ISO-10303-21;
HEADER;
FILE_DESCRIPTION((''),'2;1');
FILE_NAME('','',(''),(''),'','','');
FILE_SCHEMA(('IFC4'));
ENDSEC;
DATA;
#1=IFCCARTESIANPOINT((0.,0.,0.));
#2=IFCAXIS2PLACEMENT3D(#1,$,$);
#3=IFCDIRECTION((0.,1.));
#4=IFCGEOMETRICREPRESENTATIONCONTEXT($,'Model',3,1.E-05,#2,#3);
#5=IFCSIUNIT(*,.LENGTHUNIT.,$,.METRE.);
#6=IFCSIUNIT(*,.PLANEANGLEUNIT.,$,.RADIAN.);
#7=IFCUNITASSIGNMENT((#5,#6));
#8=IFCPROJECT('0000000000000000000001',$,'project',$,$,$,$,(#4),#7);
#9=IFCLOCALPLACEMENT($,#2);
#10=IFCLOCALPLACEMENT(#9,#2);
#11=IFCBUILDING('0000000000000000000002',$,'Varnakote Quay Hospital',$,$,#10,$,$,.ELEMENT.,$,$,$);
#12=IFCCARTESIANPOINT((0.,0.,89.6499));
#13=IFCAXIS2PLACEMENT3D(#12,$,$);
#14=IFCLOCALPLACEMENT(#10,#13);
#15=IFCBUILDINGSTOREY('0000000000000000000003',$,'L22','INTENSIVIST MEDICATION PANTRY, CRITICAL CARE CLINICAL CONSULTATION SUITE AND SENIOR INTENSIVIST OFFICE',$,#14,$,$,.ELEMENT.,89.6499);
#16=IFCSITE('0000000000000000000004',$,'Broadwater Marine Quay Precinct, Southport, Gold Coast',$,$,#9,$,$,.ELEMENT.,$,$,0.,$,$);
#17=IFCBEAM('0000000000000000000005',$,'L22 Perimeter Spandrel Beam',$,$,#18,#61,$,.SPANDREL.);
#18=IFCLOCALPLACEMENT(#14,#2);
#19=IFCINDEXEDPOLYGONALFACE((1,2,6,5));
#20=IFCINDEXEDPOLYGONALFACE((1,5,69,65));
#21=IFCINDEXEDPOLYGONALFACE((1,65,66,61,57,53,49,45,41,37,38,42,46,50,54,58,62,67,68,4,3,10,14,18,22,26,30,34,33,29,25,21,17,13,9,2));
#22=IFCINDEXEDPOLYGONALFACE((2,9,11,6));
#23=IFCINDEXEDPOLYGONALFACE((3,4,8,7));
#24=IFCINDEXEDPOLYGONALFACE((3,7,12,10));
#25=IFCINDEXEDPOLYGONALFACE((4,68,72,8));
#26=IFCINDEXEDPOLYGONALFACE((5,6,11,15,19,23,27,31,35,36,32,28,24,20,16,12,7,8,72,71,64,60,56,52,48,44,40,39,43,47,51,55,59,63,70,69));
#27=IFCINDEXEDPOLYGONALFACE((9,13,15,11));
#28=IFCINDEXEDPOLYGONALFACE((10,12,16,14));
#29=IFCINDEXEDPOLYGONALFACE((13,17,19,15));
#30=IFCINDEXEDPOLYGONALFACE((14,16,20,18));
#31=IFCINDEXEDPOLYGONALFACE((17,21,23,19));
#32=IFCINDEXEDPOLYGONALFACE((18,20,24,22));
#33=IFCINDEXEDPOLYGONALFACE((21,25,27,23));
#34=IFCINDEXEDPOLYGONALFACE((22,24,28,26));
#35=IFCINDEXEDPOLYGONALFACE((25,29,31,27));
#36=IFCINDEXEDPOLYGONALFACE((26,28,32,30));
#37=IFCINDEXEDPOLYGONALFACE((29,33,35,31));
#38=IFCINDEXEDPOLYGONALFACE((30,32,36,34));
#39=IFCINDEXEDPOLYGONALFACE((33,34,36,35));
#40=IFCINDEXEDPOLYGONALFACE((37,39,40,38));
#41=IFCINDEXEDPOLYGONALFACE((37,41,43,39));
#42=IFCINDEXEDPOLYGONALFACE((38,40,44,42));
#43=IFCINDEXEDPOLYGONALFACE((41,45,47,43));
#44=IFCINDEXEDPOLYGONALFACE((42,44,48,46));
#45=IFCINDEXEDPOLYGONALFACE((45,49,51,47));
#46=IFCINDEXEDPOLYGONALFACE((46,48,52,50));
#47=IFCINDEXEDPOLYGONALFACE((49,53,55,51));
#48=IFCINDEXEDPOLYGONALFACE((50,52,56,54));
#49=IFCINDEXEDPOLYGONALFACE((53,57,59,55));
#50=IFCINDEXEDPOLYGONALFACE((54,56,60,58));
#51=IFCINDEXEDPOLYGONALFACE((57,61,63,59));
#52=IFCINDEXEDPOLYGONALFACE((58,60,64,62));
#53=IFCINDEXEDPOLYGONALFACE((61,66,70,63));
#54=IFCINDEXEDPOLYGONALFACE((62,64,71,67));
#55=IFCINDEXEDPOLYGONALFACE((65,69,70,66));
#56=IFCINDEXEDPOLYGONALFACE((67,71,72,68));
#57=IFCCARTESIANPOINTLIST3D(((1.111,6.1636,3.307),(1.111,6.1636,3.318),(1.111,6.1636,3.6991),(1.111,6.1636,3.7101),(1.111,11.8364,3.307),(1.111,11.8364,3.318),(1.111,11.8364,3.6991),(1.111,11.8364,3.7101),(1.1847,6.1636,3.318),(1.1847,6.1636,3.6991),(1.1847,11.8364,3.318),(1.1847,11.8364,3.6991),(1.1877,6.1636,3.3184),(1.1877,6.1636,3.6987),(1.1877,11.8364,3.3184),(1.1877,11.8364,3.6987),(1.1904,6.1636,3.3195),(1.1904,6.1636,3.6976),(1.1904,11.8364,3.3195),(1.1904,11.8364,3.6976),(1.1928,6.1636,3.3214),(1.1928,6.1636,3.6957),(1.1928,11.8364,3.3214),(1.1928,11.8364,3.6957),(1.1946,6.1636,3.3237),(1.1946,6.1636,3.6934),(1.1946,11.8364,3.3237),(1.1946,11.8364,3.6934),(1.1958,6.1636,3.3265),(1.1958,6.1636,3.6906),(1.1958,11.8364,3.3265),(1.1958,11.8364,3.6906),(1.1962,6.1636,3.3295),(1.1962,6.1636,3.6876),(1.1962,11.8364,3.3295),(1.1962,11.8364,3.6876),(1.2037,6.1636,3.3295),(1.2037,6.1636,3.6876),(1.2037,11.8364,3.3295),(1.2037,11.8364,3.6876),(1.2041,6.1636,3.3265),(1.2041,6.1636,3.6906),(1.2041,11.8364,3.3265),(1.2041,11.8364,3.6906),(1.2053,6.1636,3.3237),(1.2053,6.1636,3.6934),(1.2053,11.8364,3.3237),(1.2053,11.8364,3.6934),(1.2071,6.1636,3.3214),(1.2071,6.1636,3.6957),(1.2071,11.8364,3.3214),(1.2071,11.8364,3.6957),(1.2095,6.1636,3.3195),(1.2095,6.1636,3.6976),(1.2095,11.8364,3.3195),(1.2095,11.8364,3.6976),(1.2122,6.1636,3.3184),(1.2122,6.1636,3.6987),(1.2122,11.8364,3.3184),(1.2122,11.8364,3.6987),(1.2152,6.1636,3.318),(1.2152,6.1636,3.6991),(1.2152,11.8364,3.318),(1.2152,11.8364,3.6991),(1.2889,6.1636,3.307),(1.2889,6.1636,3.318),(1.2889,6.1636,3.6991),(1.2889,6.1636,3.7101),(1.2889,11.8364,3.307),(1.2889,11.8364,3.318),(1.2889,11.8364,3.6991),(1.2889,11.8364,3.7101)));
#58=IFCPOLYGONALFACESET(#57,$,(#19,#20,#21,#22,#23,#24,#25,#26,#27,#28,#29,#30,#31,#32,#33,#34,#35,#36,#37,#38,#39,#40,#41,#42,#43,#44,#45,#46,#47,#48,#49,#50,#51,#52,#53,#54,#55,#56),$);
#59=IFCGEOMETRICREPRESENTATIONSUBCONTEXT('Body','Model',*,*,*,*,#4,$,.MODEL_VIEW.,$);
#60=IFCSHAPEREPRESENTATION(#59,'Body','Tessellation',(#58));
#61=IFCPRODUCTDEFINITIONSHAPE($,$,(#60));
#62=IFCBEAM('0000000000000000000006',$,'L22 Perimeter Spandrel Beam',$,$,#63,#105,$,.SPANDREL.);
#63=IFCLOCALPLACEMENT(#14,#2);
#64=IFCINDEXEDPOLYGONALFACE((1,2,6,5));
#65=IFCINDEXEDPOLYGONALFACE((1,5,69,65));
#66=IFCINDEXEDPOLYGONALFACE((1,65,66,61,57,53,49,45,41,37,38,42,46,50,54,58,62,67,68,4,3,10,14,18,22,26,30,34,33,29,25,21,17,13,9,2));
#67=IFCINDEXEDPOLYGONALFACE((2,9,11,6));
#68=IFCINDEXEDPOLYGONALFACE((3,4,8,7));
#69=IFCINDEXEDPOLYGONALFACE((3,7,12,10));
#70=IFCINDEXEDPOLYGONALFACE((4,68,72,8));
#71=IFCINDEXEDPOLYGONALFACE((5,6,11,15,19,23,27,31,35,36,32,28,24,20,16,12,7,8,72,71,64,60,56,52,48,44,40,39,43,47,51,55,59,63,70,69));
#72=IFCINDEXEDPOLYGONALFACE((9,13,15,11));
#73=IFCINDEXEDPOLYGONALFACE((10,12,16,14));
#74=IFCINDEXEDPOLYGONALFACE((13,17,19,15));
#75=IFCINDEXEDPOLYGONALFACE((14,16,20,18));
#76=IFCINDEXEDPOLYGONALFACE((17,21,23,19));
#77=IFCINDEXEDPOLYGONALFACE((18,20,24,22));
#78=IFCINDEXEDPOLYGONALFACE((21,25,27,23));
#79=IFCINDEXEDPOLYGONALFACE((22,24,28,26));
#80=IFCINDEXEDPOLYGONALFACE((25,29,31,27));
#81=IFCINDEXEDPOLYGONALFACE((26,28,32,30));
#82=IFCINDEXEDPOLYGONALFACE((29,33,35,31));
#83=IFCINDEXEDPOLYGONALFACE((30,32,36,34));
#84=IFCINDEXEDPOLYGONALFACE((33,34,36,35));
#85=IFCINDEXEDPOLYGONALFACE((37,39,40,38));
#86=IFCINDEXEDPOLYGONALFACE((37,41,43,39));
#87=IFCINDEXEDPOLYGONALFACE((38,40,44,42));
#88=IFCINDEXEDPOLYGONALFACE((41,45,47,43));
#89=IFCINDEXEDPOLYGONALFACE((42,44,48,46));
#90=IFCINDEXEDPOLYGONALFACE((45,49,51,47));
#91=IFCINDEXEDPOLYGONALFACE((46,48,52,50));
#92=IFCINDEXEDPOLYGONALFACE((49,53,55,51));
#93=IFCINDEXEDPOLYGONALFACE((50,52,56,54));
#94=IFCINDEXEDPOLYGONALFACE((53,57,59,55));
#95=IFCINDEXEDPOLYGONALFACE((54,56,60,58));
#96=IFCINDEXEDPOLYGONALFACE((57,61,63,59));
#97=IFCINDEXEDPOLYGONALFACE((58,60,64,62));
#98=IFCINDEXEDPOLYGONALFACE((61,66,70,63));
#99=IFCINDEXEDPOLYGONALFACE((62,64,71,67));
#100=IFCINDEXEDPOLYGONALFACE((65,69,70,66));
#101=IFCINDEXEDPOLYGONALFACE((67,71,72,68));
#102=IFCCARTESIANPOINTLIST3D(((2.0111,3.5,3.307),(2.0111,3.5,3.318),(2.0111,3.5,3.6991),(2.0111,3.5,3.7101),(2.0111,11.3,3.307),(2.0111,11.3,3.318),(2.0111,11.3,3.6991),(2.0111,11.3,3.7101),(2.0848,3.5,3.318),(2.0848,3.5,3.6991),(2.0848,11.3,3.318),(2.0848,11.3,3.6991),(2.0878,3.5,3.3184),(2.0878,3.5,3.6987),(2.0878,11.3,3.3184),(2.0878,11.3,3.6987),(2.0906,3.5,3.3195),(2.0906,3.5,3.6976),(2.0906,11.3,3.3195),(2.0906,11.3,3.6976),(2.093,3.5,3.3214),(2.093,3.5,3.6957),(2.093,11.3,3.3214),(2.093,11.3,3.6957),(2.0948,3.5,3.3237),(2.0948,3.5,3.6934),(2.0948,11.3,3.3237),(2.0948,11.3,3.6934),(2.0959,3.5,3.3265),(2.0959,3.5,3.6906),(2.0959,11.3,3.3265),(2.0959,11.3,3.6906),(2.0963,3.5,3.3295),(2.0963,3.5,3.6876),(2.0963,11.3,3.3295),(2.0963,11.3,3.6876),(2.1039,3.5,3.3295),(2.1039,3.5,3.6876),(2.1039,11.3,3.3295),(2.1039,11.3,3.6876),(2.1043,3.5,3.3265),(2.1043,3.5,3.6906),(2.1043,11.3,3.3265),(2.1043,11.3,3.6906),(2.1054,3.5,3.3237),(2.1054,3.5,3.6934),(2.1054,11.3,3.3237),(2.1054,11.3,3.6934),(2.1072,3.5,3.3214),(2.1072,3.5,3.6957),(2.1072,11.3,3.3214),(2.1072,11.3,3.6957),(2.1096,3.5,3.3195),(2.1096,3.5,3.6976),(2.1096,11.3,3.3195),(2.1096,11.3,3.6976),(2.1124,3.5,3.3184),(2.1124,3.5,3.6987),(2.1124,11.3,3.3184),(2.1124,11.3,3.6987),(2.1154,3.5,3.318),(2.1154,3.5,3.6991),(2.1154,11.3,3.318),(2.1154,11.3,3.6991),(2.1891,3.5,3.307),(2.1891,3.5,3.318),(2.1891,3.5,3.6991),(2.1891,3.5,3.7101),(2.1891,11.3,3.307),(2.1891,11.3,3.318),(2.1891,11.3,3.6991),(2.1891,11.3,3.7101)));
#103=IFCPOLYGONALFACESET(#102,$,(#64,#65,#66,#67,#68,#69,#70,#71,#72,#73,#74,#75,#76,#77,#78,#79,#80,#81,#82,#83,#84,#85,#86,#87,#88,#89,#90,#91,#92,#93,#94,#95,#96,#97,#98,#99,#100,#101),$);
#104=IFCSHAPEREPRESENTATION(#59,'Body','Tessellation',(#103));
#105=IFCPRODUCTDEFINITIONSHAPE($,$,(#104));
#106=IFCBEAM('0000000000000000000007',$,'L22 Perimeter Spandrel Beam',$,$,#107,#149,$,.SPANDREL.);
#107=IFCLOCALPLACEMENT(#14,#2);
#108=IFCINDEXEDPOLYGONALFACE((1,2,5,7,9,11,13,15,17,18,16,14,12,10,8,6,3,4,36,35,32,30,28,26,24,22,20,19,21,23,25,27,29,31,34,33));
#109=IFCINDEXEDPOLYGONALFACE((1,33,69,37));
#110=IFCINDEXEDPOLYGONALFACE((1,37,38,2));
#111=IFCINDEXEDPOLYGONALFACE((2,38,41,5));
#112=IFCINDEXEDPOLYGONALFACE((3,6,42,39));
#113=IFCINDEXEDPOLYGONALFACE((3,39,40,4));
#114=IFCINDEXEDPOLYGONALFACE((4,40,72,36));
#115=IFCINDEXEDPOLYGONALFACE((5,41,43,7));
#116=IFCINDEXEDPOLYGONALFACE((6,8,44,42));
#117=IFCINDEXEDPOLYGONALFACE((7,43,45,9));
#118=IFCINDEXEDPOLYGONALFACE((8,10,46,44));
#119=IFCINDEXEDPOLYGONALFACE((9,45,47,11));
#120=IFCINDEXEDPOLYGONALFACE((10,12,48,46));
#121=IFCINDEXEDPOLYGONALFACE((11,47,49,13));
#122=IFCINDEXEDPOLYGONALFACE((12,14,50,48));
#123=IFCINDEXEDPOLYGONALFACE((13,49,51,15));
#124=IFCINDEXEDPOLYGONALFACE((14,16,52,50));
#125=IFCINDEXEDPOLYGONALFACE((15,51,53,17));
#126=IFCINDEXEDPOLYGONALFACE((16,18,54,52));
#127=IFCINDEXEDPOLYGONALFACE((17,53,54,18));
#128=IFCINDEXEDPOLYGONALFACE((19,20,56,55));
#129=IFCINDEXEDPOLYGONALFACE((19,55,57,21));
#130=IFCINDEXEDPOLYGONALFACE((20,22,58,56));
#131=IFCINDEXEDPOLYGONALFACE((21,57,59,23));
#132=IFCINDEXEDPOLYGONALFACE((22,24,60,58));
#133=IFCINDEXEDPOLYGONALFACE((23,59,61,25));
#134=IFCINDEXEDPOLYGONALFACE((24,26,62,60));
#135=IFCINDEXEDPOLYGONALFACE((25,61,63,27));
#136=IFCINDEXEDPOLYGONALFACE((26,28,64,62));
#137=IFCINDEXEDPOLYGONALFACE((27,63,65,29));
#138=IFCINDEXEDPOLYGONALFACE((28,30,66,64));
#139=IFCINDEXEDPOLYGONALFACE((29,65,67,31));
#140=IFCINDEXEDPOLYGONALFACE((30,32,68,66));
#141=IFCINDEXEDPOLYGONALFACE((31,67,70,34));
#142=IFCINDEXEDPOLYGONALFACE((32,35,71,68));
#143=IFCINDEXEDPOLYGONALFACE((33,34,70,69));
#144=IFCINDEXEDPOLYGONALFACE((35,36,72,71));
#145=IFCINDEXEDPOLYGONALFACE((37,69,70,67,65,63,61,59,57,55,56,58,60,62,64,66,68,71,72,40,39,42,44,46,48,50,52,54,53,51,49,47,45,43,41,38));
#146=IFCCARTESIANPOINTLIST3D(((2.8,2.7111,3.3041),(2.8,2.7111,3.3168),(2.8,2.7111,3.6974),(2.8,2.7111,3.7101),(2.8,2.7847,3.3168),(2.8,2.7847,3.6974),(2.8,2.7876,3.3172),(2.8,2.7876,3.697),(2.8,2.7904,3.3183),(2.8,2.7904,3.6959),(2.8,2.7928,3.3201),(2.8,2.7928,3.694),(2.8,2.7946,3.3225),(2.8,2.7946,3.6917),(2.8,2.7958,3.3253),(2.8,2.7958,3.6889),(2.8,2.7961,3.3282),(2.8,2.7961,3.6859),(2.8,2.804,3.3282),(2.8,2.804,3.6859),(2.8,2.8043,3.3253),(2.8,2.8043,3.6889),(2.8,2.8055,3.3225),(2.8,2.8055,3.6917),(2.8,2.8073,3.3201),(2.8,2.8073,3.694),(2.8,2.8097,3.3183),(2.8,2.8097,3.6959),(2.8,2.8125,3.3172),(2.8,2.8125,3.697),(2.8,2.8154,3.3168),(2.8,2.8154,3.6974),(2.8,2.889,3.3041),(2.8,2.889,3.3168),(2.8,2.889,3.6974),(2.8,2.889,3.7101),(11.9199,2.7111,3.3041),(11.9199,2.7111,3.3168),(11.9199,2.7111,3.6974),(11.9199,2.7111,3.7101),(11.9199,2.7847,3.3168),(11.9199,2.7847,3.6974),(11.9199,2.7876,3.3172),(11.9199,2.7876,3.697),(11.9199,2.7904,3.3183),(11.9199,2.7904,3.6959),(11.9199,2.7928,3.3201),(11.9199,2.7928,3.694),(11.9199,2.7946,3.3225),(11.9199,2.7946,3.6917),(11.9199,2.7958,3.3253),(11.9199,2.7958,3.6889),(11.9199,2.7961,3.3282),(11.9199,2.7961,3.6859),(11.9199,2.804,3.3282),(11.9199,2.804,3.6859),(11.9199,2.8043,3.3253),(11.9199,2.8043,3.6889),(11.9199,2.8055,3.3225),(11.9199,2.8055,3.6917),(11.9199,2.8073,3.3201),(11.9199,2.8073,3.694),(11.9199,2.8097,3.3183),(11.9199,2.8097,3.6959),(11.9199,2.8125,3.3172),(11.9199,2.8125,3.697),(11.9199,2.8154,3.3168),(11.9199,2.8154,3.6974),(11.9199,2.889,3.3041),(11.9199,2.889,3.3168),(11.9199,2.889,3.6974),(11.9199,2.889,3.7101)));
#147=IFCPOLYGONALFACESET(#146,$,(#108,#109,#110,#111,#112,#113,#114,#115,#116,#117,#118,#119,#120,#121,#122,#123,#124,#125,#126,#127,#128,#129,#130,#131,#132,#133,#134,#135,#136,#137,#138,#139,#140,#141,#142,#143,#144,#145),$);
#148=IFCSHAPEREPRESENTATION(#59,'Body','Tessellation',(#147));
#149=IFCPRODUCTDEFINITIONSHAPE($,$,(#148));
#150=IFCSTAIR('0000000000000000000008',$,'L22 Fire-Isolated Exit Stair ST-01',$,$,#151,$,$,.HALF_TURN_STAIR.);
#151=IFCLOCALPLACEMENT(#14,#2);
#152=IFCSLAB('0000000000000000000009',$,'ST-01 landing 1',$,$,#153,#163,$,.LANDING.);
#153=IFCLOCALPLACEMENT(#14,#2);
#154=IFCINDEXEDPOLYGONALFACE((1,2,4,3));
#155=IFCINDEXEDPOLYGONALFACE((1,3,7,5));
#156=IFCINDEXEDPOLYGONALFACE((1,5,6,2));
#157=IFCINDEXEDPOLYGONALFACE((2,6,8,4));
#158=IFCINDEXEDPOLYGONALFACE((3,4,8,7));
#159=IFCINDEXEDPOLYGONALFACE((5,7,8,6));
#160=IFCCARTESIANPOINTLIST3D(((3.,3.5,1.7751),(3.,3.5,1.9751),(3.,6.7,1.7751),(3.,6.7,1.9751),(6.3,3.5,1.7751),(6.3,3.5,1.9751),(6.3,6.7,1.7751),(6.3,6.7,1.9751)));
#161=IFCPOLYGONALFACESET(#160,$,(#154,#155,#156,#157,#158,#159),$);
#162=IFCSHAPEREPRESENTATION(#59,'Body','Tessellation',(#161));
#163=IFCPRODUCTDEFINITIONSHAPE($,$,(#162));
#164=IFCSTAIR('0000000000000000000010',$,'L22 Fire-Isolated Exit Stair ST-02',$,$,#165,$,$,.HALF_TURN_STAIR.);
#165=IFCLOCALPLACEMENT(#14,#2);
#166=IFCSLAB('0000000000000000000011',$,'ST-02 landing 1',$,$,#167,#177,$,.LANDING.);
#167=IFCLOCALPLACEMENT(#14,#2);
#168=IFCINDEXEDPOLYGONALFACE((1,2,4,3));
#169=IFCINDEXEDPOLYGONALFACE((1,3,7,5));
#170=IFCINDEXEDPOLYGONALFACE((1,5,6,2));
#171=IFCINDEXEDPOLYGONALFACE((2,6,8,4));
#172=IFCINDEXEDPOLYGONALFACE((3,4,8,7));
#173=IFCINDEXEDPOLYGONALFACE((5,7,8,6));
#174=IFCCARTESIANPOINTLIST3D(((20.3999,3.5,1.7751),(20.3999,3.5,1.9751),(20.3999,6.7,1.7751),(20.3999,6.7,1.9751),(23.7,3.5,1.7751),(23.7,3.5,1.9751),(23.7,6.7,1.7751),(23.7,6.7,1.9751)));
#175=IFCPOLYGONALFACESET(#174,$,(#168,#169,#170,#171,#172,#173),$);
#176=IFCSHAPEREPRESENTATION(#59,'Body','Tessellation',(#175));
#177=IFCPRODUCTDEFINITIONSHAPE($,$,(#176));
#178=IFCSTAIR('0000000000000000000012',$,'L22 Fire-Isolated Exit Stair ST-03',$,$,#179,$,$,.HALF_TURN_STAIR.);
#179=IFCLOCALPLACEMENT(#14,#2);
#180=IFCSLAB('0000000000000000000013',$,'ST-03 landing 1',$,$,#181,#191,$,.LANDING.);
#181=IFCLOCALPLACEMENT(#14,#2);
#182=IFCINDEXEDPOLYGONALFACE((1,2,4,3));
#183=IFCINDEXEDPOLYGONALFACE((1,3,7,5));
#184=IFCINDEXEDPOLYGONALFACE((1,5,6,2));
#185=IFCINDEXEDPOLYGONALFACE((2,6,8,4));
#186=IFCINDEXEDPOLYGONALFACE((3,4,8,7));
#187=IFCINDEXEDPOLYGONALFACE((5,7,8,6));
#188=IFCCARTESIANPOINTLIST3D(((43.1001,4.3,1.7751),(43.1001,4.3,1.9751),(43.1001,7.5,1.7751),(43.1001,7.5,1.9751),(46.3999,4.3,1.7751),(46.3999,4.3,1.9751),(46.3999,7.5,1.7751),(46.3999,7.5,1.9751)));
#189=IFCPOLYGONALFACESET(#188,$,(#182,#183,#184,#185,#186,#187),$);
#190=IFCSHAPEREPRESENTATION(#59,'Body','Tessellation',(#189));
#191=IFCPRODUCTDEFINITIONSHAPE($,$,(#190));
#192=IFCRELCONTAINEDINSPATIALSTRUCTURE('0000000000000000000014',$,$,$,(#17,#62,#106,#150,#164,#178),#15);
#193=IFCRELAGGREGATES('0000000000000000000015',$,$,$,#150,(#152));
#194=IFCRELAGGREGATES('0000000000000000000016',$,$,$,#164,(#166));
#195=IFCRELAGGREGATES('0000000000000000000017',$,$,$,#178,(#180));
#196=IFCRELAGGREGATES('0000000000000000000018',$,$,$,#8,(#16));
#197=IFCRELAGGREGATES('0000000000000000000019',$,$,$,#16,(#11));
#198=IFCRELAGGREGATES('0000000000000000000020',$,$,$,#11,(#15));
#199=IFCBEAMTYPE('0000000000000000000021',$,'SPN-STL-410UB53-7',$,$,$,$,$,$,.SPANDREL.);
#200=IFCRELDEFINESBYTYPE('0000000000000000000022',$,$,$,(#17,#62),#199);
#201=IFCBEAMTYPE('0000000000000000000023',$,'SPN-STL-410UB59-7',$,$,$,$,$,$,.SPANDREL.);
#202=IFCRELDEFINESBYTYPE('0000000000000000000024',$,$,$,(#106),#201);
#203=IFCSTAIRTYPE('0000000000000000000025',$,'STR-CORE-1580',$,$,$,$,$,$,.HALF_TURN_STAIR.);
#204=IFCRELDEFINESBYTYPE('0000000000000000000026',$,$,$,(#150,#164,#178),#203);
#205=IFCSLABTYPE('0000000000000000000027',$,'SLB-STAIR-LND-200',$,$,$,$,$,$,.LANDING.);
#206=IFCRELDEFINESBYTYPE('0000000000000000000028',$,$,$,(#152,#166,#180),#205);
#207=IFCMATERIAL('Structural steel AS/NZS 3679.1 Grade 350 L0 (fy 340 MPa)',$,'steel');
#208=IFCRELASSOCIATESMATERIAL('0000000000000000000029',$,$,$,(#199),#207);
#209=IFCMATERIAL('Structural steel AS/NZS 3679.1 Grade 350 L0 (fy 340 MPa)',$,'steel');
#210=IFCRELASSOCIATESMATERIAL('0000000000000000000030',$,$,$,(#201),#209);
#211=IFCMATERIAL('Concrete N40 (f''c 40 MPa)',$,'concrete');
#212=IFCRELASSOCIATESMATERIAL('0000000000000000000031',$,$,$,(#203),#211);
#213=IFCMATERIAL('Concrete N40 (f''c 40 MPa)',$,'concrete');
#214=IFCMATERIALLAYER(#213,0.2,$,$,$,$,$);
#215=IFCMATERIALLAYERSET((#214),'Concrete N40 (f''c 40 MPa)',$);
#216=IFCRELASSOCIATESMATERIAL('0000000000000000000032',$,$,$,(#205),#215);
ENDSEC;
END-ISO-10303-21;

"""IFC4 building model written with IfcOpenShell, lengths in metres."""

from ifc_helpers import new_model, si_unit, direction, frame, origin, origin_2d, place, context, subcontext, project, spatial, polyline, i_section, outline, extrude, material, layer, layer_set, material_profile, profile_set, type_object, element, aggregate, save


model = new_model("IFC4")

# Units and contexts
model_context = context("Model", 3, precision=1e-05, world=origin(), true_north=direction((0.0, 1.0)))
body_context = subcontext(model_context, "Body", "Model", "MODEL_VIEW")
ifc_project = project(units=[si_unit("LENGTHUNIT", "METRE"), si_unit("PLANEANGLEUNIT", "RADIAN")], contexts=[model_context])

# Site, building, storey
site_placement = place(None, origin())
site = spatial("IfcSite", under=ifc_project, at=site_placement, Name="Broadwater Marine Quay Precinct, Southport, Gold Coast", CompositionType="ELEMENT", RefElevation=0.0)
building_placement = place(site_placement, origin())
building = spatial("IfcBuilding", under=site, at=building_placement, Name="Varnakote Quay Hospital", CompositionType="ELEMENT")
storey_placement = place(building_placement, frame((0.0, 0.0, 89.6499)))
storey = spatial("IfcBuildingStorey", under=building, at=storey_placement, Name="L22", Description="INTENSIVIST MEDICATION PANTRY, CRITICAL CARE CLINICAL CONSULTATION SUITE AND SENIOR INTENSIVIST OFFICE", CompositionType="ELEMENT", Elevation=89.6499)

# Beams
ifc_material_1 = material(Name="Structural steel AS/NZS 3679.1 Grade 350 L0 (fy 340 MPa)", Category="steel")
ifc_material_profile_1 = material_profile(ifc_material_1, i_section(OverallWidth=0.178, OverallDepth=0.4031, WebThickness=0.0076, FlangeThickness=0.011, FilletRadius=0.0115, at=origin_2d()), Name="410UB53.7")
ifc_profile_set_1 = profile_set([ifc_material_profile_1], Name="Structural steel AS/NZS 3679.1 Grade 350 L0 (fy 340 MPa)")
beam_type_1 = type_object("IfcBeamType", Name="SPN-STL-410UB53-7", PredefinedType="SPANDREL", material=ifc_profile_set_1)
beam_1_placement = place(storey_placement, frame((1.2, 6.1636, 3.5085), z_axis=(0.0, 1.0, 0.0), x_axis=(-1.0, 0.0, 0.0)))
element("IfcBeam", 1, at=beam_1_placement, inside=storey, type_object=beam_type_1, Name="L22 Perimeter Spandrel Beam", PredefinedType="SPANDREL", context=body_context, shape_type="SweptSolid", body=[
    extrude(i_section(OverallWidth=0.178, OverallDepth=0.4031, WebThickness=0.0076, FlangeThickness=0.011, FilletRadius=0.0115, at=origin_2d()), origin(), (0.0, 0.0, 1.0), 5.6729),
])
beam_2_placement = place(storey_placement, frame((2.1001, 3.5, 3.5085), z_axis=(0.0, 1.0, 0.0), x_axis=(-1.0, 0.0, 0.0)))
element("IfcBeam", 2, at=beam_2_placement, inside=storey, type_object=beam_type_1, Name="L22 Perimeter Spandrel Beam", PredefinedType="SPANDREL", context=body_context, shape_type="SweptSolid", body=[
    extrude(i_section(OverallWidth=0.178, OverallDepth=0.4031, WebThickness=0.0076, FlangeThickness=0.011, FilletRadius=0.0115, at=origin_2d()), origin(), (0.0, 0.0, 1.0), 7.8),
])
ifc_material_2 = material(Name="Structural steel AS/NZS 3679.1 Grade 350 L0 (fy 340 MPa)", Category="steel")
ifc_material_profile_2 = material_profile(ifc_material_2, i_section(OverallWidth=0.178, OverallDepth=0.406, WebThickness=0.0078, FlangeThickness=0.0127, FilletRadius=0.0115, at=origin_2d()), Name="410UB59.7")
ifc_profile_set_2 = profile_set([ifc_material_profile_2], Name="Structural steel AS/NZS 3679.1 Grade 350 L0 (fy 340 MPa)")
beam_type_2 = type_object("IfcBeamType", Name="SPN-STL-410UB59-7", PredefinedType="SPANDREL", material=ifc_profile_set_2)
beam_3_placement = place(storey_placement, frame((2.8, 2.8, 3.5071), z_axis=(1.0, 0.0, 0.0), x_axis=(0.0, 1.0, 0.0)))
element("IfcBeam", 3, at=beam_3_placement, inside=storey, type_object=beam_type_2, Name="L22 Perimeter Spandrel Beam", PredefinedType="SPANDREL", context=body_context, shape_type="SweptSolid", body=[
    extrude(i_section(OverallWidth=0.178, OverallDepth=0.406, WebThickness=0.0078, FlangeThickness=0.0127, FilletRadius=0.0115, at=origin_2d()), origin(), (0.0, 0.0, 1.0), 9.1199),
])

# Stairs, slabs
ifc_material_3 = material(Name="Concrete N40 (f'c 40 MPa)", Category="concrete")
stair_type = type_object("IfcStairType", Name="STR-CORE-1580", PredefinedType="HALF_TURN_STAIR", material=ifc_material_3)
stair_1_placement = place(storey_placement, origin())
stair_1 = element("IfcStair", 4, at=stair_1_placement, inside=storey, type_object=stair_type, Name="L22 Fire-Isolated Exit Stair ST-01", PredefinedType="HALF_TURN_STAIR")
ifc_material_4 = material(Name="Concrete N40 (f'c 40 MPa)", Category="concrete")
ifc_layer_1 = layer(ifc_material_4, 0.2)
ifc_layer_set_1 = layer_set([ifc_layer_1], Name="Concrete N40 (f'c 40 MPa)")
slab_type_1 = type_object("IfcSlabType", Name="SLB-STAIR-LND-200", PredefinedType="LANDING", material=ifc_layer_set_1)
slab_1_placement = place(storey_placement, frame((0.0, 0.0, 1.7751)))
slab_1 = element("IfcSlab", 5, at=slab_1_placement, type_object=slab_type_1, Name="ST-01 landing 1", PredefinedType="LANDING", context=body_context, shape_type="SweptSolid", body=[
    extrude(outline(polyline([(3.0, 6.7), (3.0, 3.5), (6.3, 3.5), (6.3, 6.7), (3.0, 6.7)])), origin(), (0.0, 0.0, 1.0), 0.2),
])
aggregate(stair_1, [slab_1])
stair_2_placement = place(storey_placement, origin())
stair_2 = element("IfcStair", 6, at=stair_2_placement, inside=storey, type_object=stair_type, Name="L22 Fire-Isolated Exit Stair ST-02", PredefinedType="HALF_TURN_STAIR")
slab_2_placement = place(storey_placement, frame((0.0, 0.0, 1.7751)))
slab_2 = element("IfcSlab", 7, at=slab_2_placement, type_object=slab_type_1, Name="ST-02 landing 1", PredefinedType="LANDING", context=body_context, shape_type="SweptSolid", body=[
    extrude(outline(polyline([(20.3999, 6.7), (20.3999, 3.5), (23.7, 3.5), (23.7, 6.7), (20.3999, 6.7)])), origin(), (0.0, 0.0, 1.0), 0.2),
])
aggregate(stair_2, [slab_2])
stair_3_placement = place(storey_placement, origin())
stair_3 = element("IfcStair", 8, at=stair_3_placement, inside=storey, type_object=stair_type, Name="L22 Fire-Isolated Exit Stair ST-03", PredefinedType="HALF_TURN_STAIR")
slab_3_placement = place(storey_placement, frame((0.0, 0.0, 1.7751)))
slab_3 = element("IfcSlab", 9, at=slab_3_placement, type_object=slab_type_1, Name="ST-03 landing 1", PredefinedType="LANDING", context=body_context, shape_type="SweptSolid", body=[
    extrude(outline(polyline([(43.1001, 7.5), (43.1001, 4.3), (46.3999, 4.3), (46.3999, 7.5), (43.1001, 7.5)])), origin(), (0.0, 0.0, 1.0), 0.2),
])
aggregate(stair_3, [slab_3])

save(model, "model.ifc")
